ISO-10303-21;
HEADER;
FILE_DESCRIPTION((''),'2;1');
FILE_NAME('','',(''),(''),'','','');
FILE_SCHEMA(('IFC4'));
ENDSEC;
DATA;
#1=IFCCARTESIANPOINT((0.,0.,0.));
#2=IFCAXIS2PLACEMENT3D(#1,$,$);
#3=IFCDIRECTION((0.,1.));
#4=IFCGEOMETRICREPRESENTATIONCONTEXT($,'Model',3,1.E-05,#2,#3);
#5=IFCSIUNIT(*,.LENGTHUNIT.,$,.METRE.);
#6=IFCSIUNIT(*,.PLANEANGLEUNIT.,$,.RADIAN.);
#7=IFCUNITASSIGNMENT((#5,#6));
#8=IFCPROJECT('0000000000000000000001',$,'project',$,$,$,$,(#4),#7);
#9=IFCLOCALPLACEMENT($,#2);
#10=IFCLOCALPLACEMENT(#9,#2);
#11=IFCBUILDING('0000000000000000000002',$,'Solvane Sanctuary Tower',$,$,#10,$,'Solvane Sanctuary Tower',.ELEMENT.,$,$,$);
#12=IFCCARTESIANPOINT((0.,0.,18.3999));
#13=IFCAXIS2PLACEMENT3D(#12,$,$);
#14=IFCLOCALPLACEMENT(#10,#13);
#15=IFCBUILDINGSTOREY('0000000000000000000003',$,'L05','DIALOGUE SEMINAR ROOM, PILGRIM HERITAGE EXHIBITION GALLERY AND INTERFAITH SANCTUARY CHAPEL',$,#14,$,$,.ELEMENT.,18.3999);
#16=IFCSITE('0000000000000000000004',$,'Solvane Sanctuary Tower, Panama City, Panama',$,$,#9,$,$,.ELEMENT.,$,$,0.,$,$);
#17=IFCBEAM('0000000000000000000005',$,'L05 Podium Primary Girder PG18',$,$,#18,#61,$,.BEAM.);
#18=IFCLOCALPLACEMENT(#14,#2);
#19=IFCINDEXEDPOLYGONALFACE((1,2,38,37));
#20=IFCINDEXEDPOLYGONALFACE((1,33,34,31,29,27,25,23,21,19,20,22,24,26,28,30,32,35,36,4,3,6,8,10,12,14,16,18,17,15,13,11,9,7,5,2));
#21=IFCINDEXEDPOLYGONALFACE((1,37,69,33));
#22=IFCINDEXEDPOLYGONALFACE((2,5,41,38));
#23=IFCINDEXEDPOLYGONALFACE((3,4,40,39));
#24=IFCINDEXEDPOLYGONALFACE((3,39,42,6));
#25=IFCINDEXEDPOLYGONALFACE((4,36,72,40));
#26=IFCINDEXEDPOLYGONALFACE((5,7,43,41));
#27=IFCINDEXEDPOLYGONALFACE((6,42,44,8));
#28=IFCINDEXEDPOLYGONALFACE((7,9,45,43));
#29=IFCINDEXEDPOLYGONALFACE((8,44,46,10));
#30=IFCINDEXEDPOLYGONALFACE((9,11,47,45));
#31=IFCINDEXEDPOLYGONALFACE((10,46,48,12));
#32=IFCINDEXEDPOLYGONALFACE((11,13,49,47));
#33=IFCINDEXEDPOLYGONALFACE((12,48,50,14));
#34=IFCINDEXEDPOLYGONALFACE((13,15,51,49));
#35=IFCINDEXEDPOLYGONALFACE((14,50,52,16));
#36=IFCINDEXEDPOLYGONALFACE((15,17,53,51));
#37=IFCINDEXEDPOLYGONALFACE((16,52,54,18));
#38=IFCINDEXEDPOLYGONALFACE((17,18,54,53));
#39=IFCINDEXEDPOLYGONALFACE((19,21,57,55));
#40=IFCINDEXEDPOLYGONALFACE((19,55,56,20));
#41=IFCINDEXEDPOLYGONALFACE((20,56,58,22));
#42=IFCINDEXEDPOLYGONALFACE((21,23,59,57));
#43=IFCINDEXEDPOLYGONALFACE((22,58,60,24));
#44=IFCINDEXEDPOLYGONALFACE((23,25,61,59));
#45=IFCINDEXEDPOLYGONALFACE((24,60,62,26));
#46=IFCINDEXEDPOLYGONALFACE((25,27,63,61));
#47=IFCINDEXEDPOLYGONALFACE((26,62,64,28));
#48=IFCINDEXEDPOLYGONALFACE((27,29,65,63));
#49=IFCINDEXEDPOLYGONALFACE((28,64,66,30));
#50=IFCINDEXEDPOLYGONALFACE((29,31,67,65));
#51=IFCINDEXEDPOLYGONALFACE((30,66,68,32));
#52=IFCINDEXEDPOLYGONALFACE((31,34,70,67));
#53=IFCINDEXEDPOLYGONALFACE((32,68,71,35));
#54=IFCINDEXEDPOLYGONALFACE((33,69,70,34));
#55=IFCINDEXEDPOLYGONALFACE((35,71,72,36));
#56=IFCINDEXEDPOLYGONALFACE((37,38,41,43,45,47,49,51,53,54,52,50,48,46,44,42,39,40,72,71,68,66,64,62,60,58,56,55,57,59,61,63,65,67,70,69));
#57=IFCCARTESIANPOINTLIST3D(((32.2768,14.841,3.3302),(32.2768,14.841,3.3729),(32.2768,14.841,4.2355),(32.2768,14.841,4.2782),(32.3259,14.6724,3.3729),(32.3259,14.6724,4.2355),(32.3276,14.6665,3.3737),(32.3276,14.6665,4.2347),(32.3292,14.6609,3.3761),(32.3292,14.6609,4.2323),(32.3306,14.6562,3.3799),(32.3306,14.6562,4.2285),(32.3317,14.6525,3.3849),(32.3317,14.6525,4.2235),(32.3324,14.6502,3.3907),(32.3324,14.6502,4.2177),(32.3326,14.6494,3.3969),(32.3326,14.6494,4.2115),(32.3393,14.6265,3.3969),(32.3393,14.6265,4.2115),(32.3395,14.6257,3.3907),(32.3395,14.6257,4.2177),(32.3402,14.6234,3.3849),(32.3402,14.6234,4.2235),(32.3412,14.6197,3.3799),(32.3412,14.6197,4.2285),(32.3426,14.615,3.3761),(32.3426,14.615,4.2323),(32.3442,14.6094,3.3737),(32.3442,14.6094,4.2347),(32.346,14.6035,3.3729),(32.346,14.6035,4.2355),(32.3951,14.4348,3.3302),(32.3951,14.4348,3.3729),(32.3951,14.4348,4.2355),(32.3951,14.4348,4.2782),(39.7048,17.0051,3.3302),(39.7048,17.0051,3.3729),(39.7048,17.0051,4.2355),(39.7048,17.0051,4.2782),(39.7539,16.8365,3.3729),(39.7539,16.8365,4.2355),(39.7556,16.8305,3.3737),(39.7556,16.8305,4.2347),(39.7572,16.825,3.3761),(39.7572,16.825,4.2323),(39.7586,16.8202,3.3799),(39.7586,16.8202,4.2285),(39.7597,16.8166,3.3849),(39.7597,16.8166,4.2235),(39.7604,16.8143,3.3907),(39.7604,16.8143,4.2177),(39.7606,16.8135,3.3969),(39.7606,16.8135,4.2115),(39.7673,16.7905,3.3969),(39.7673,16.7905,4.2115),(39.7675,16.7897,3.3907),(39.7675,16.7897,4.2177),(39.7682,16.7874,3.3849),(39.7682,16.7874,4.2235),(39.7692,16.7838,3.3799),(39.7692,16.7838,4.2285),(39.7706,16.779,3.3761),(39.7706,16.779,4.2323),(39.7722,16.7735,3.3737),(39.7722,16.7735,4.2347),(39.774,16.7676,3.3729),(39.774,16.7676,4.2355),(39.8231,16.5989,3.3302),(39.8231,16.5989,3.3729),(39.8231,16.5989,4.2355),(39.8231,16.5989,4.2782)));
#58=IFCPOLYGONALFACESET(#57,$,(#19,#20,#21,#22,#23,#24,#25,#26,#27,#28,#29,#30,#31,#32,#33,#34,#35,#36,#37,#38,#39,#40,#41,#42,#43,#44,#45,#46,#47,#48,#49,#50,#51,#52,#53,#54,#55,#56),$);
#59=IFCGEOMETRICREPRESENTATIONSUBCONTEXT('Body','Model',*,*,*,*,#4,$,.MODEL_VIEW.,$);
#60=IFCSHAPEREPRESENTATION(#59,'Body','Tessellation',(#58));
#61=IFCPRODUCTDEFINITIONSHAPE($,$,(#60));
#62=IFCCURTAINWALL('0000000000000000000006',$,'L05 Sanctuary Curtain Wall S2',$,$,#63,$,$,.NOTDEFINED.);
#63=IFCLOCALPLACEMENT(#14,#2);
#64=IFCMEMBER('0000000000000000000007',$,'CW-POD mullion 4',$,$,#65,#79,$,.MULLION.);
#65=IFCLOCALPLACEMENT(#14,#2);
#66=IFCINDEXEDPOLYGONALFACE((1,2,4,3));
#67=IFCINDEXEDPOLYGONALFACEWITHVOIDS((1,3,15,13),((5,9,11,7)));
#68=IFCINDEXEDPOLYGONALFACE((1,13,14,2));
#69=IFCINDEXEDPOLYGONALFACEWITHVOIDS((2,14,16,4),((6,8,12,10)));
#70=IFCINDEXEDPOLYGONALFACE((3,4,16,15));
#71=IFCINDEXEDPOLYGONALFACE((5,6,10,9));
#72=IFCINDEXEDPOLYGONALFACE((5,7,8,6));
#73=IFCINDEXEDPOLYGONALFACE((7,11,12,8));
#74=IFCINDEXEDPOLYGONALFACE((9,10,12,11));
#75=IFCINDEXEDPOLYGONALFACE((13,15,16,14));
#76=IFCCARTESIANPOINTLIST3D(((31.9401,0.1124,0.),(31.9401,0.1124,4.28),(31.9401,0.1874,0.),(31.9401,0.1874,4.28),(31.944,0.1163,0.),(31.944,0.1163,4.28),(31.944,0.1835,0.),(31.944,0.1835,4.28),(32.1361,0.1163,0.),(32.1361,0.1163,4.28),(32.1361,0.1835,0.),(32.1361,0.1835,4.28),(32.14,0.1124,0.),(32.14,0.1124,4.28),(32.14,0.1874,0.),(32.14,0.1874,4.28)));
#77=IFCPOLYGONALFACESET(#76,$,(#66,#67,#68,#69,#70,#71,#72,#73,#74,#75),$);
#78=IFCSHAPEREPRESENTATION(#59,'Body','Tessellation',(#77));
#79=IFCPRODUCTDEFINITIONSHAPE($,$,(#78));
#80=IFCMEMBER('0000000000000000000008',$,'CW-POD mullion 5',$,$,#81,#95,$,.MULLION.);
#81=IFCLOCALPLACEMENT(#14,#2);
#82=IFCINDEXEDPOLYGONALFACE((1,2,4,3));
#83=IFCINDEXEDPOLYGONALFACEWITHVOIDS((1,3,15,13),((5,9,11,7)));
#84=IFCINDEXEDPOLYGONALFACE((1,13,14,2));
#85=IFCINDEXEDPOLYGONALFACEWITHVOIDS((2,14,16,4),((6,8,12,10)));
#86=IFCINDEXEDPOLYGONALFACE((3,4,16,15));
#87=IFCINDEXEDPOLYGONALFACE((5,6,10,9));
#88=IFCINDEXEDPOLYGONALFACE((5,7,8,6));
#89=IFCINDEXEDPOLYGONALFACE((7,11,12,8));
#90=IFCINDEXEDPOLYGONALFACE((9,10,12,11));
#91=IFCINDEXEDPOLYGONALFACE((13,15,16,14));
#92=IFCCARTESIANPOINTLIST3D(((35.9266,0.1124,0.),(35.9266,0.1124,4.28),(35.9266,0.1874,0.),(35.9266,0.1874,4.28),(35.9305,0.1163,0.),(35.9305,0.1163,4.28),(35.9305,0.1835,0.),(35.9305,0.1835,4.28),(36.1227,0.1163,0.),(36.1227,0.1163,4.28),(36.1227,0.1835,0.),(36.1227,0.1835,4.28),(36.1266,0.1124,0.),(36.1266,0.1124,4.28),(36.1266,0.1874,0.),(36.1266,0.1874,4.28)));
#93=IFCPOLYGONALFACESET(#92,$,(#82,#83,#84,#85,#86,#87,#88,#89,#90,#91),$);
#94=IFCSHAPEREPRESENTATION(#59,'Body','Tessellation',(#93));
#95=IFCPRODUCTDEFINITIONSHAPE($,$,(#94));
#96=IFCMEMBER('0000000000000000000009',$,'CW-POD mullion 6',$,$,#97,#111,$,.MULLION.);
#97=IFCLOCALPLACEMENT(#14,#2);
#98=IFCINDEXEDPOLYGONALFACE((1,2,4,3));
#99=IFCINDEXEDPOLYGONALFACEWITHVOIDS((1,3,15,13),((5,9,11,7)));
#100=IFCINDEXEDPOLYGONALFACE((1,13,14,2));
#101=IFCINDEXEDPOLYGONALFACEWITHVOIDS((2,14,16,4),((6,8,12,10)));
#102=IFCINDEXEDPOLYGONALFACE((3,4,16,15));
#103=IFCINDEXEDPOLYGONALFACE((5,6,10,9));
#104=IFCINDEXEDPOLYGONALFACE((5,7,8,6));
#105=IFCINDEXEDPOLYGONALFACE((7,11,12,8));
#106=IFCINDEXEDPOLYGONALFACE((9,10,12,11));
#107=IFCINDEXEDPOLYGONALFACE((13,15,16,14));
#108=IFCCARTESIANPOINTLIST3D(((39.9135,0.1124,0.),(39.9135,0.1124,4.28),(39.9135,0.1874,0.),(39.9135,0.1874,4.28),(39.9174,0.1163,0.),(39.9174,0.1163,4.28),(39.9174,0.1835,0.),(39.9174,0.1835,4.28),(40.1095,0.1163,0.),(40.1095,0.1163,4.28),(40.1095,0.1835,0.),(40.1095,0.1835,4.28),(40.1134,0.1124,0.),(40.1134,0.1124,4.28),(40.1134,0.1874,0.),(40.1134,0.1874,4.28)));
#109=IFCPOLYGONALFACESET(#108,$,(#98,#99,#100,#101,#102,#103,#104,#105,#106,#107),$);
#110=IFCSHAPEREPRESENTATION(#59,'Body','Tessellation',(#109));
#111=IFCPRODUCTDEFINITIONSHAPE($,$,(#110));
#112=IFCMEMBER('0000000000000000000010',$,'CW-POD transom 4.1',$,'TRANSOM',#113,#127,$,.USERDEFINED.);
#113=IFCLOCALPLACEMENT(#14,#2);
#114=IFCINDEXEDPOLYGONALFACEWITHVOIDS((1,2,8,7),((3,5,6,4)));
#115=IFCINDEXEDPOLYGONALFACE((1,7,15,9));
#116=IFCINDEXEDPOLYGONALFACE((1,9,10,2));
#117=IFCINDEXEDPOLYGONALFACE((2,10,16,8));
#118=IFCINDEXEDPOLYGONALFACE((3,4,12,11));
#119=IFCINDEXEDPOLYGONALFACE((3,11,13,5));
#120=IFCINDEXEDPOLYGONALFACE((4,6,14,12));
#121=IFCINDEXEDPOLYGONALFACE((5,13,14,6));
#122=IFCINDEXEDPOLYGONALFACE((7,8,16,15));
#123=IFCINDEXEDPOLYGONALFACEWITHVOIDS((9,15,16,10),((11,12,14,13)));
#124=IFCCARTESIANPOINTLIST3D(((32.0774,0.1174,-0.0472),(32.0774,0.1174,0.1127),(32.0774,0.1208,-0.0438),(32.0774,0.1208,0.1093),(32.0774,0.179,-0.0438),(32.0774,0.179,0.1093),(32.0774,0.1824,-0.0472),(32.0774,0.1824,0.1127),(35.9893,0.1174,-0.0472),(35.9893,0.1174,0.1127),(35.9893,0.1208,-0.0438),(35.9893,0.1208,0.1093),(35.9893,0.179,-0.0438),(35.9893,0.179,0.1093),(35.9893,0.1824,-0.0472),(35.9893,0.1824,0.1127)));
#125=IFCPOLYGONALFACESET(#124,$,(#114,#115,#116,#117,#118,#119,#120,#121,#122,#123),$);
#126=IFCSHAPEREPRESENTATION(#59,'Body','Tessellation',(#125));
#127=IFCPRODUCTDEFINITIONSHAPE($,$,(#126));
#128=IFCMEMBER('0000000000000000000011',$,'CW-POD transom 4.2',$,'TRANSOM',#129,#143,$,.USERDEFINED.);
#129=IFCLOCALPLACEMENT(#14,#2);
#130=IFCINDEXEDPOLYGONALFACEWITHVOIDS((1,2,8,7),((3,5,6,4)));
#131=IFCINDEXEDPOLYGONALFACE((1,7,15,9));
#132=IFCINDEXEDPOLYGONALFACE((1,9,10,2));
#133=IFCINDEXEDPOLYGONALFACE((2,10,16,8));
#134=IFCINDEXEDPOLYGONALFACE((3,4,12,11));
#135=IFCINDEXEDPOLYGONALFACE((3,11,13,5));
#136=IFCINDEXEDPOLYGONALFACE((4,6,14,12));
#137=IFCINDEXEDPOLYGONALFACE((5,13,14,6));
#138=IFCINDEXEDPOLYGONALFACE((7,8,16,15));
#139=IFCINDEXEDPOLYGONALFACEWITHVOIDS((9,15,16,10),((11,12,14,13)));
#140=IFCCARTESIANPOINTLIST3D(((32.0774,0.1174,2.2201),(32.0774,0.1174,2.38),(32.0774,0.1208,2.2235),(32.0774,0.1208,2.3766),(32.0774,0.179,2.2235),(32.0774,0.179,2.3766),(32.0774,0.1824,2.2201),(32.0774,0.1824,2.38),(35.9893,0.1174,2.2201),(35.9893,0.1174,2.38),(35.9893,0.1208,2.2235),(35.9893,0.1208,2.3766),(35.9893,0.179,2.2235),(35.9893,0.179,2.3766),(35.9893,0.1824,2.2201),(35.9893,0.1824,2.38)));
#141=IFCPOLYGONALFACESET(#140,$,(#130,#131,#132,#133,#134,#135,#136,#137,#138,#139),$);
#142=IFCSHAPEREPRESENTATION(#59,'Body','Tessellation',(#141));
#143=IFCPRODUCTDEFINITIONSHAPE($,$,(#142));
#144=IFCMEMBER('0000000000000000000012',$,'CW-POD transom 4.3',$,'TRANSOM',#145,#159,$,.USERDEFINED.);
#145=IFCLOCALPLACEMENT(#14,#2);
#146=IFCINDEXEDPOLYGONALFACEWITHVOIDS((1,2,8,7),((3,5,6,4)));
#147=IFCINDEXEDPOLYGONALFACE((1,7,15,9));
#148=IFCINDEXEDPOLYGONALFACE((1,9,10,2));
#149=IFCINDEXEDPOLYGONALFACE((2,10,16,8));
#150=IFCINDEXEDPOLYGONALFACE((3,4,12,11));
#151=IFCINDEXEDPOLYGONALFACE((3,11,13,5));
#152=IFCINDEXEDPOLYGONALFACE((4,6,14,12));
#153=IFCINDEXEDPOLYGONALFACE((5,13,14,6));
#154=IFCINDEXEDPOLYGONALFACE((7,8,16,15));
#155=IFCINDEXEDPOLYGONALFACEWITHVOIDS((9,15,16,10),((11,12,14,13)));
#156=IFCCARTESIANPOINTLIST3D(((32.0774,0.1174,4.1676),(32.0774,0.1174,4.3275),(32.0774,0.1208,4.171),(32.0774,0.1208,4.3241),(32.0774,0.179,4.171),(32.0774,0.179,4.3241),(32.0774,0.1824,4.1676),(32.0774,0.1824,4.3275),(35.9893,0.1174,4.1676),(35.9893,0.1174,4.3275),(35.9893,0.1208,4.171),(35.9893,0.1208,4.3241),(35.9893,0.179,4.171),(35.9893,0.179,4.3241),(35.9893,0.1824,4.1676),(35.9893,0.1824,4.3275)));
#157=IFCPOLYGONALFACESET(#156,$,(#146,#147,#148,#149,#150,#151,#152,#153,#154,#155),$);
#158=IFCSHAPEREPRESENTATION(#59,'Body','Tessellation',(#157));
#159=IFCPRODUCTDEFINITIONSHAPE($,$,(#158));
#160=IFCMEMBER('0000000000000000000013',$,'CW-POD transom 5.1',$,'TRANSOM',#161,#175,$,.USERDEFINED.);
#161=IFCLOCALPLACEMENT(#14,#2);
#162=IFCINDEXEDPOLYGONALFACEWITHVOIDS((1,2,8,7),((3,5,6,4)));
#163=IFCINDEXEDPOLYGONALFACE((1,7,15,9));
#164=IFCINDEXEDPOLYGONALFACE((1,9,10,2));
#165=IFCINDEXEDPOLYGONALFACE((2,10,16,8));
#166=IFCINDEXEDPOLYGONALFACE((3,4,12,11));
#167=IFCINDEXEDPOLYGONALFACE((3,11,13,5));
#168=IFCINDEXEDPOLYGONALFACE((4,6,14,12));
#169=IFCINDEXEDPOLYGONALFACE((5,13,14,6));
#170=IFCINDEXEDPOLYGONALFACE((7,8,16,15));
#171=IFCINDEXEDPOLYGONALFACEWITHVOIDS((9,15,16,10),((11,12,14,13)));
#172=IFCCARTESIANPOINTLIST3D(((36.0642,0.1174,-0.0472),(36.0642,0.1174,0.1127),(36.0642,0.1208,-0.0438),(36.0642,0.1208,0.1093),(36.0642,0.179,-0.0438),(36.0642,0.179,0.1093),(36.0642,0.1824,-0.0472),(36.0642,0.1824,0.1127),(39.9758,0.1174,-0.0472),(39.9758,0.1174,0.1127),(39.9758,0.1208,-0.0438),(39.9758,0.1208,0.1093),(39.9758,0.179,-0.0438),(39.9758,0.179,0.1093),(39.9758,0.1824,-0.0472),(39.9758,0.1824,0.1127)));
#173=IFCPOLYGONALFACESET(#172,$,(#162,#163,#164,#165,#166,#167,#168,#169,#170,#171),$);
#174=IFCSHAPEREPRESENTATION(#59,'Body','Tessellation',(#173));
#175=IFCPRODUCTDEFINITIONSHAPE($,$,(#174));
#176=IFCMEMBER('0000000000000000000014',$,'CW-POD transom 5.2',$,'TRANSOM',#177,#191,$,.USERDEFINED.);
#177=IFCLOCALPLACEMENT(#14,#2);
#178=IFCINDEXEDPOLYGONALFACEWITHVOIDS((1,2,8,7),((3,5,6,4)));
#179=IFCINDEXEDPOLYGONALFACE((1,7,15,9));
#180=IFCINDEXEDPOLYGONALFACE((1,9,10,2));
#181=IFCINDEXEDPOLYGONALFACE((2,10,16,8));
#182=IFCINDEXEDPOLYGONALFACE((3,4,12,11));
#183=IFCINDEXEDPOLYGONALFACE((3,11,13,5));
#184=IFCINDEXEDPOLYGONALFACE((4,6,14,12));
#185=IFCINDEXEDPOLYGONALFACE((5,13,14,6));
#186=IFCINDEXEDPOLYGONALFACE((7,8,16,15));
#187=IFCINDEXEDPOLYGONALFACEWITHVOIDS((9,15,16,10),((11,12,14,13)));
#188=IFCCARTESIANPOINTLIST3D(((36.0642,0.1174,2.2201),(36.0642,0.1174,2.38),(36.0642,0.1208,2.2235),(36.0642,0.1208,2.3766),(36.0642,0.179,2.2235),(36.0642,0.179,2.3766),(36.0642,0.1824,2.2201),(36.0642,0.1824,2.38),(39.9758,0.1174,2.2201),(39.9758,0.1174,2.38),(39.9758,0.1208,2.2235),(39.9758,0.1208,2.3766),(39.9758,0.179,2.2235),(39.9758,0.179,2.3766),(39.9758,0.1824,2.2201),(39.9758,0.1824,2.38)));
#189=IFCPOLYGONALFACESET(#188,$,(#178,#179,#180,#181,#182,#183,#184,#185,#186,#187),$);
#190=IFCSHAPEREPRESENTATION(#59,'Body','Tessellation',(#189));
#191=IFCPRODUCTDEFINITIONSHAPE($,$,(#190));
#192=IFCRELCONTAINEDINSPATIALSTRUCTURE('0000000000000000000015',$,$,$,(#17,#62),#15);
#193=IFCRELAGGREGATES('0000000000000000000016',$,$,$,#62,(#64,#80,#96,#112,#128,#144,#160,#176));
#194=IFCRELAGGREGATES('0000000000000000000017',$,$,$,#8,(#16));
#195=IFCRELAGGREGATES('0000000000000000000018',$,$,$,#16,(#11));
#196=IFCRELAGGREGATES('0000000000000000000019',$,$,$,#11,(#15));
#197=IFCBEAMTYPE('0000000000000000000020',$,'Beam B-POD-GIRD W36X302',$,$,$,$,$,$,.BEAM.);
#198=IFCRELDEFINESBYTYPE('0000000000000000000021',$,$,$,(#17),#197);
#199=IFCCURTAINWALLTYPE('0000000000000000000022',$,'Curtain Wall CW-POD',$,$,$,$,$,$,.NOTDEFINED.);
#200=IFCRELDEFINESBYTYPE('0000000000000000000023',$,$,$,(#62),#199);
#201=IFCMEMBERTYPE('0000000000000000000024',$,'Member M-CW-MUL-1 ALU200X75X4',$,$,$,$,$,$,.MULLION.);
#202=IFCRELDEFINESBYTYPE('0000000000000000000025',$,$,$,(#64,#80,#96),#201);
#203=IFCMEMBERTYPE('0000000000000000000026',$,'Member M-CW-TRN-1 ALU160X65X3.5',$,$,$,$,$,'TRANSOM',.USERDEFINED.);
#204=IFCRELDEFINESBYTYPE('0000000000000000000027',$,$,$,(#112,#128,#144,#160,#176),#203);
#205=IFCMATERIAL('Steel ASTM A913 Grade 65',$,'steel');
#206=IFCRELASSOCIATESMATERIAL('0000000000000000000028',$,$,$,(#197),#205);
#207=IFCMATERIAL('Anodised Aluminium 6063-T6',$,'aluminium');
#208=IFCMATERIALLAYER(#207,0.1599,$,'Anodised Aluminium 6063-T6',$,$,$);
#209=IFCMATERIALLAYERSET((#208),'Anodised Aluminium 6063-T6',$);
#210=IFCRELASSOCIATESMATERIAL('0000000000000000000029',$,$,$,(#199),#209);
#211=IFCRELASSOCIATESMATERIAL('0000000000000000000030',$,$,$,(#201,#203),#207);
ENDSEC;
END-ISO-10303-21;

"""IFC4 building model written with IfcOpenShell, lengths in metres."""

from ifc_helpers import new_model, si_unit, direction, frame, origin, origin_2d, place, context, subcontext, project, spatial, hollow_rectangle, i_section, extrude, material, layer, layer_set, material_profile, profile_set, type_object, element, aggregate, save


model = new_model("IFC4")

# Units and contexts
model_context = context("Model", 3, precision=1e-05, world=origin(), true_north=direction((0.0, 1.0)))
body_context = subcontext(model_context, "Body", "Model", "MODEL_VIEW")
ifc_project = project(units=[si_unit("LENGTHUNIT", "METRE"), si_unit("PLANEANGLEUNIT", "RADIAN")], contexts=[model_context])

# Site, building, storey
site_placement = place(None, origin())
site = spatial("IfcSite", under=ifc_project, at=site_placement, Name="Solvane Sanctuary Tower, Panama City, Panama", CompositionType="ELEMENT", RefElevation=0.0)
building_placement = place(site_placement, origin())
building = spatial("IfcBuilding", under=site, at=building_placement, Name="Solvane Sanctuary Tower", LongName="Solvane Sanctuary Tower", CompositionType="ELEMENT")
storey_placement = place(building_placement, frame((0.0, 0.0, 18.3999)))
storey = spatial("IfcBuildingStorey", under=building, at=storey_placement, Name="L05", Description="DIALOGUE SEMINAR ROOM, PILGRIM HERITAGE EXHIBITION GALLERY AND INTERFAITH SANCTUARY CHAPEL", CompositionType="ELEMENT", Elevation=18.3999)

# Beam
ifc_material_1 = material(Name="Steel ASTM A913 Grade 65", Category="steel")
ifc_material_profile_1 = material_profile(ifc_material_1, i_section(OverallWidth=0.4231, OverallDepth=0.948, WebThickness=0.0239, FlangeThickness=0.0427, FilletRadius=0.0239, at=origin_2d()), Name="W36X302")
ifc_profile_set_1 = profile_set([ifc_material_profile_1], Name="Steel ASTM A913 Grade 65")
beam_type_1 = type_object("IfcBeamType", Name="Beam B-POD-GIRD W36X302", PredefinedType="BEAM", material=ifc_profile_set_1)
beam_1_placement = place(storey_placement, frame((32.3359, 14.6379, 3.8042), z_axis=(0.960084, 0.27971, 0.0), x_axis=(-0.27971, 0.960084, 0.0)))
element("IfcBeam", 1, at=beam_1_placement, inside=storey, type_object=beam_type_1, Name="L05 Podium Primary Girder PG18", PredefinedType="BEAM", context=body_context, shape_type="SweptSolid", body=[
    extrude(i_section(OverallWidth=0.4231, OverallDepth=0.948, WebThickness=0.0239, FlangeThickness=0.0427, FilletRadius=0.0239, at=origin_2d()), origin(), (0.0, 0.0, 1.0), 7.7368),
])

# Curtain wall, members
ifc_material_2 = material(Name="Anodised Aluminium 6063-T6", Category="aluminium")
ifc_layer_1 = layer(ifc_material_2, 0.1599, Name="Anodised Aluminium 6063-T6")
ifc_layer_set_1 = layer_set([ifc_layer_1], Name="Anodised Aluminium 6063-T6")
curtain_wall_type = type_object("IfcCurtainWallType", Name="Curtain Wall CW-POD", PredefinedType="NOTDEFINED", material=ifc_layer_set_1)
curtain_wall_placement = place(storey_placement, origin())
curtain_wall = element("IfcCurtainWall", 2, at=curtain_wall_placement, inside=storey, type_object=curtain_wall_type, Name="L05 Sanctuary Curtain Wall S2", PredefinedType="NOTDEFINED")
ifc_material_profile_2 = material_profile(ifc_material_2, hollow_rectangle(XDim=0.075, YDim=0.2, WallThickness=0.0039, at=origin_2d()), Name="ALU200X75X4")
ifc_profile_set_2 = profile_set([ifc_material_profile_2], Name="Anodised Aluminium 6063-T6")
member_type_1 = type_object("IfcMemberType", Name="Member M-CW-MUL-1 ALU200X75X4", PredefinedType="MULLION", material=ifc_profile_set_2)
member_1_placement = place(storey_placement, frame((32.04, 0.1499, 0.0), z_axis=(0.0, 0.0, 1.0), x_axis=(0.0, 1.0, 0.0)))
member_1 = element("IfcMember", 3, at=member_1_placement, type_object=member_type_1, Name="CW-POD mullion 4", PredefinedType="MULLION", context=body_context, shape_type="SweptSolid", body=[
    extrude(hollow_rectangle(XDim=0.075, YDim=0.2, WallThickness=0.0039, at=origin_2d()), origin(), (0.0, 0.0, 1.0), 4.28),
])
member_2_placement = place(storey_placement, frame((36.0266, 0.1499, 0.0), z_axis=(0.0, 0.0, 1.0), x_axis=(0.0, 1.0, 0.0)))
member_2 = element("IfcMember", 4, at=member_2_placement, type_object=member_type_1, Name="CW-POD mullion 5", PredefinedType="MULLION", context=body_context, shape_type="SweptSolid", body=[
    extrude(hollow_rectangle(XDim=0.075, YDim=0.2, WallThickness=0.0039, at=origin_2d()), origin(), (0.0, 0.0, 1.0), 4.28),
])
member_3_placement = place(storey_placement, frame((40.0134, 0.1499, 0.0), z_axis=(0.0, 0.0, 1.0), x_axis=(0.0, 1.0, 0.0)))
member_3 = element("IfcMember", 5, at=member_3_placement, type_object=member_type_1, Name="CW-POD mullion 6", PredefinedType="MULLION", context=body_context, shape_type="SweptSolid", body=[
    extrude(hollow_rectangle(XDim=0.075, YDim=0.2, WallThickness=0.0039, at=origin_2d()), origin(), (0.0, 0.0, 1.0), 4.28),
])
ifc_material_profile_3 = material_profile(ifc_material_2, hollow_rectangle(XDim=0.0649, YDim=0.1599, WallThickness=0.0034, at=origin_2d()), Name="ALU160X65X3.5")
ifc_profile_set_3 = profile_set([ifc_material_profile_3], Name="Anodised Aluminium 6063-T6")
member_type_2 = type_object("IfcMemberType", Name="Member M-CW-TRN-1 ALU160X65X3.5", ElementType="TRANSOM", PredefinedType="USERDEFINED", material=ifc_profile_set_3)
member_4_placement = place(storey_placement, frame((32.0774, 0.1499, 0.0327), z_axis=(1.0, 0.0, 0.0), x_axis=(0.0, 1.0, 0.0)))
member_4 = element("IfcMember", 6, at=member_4_placement, type_object=member_type_2, Name="CW-POD transom 4.1", ObjectType="TRANSOM", PredefinedType="USERDEFINED", context=body_context, shape_type="SweptSolid", body=[
    extrude(hollow_rectangle(XDim=0.0649, YDim=0.1599, WallThickness=0.0034, at=origin_2d()), origin(), (0.0, 0.0, 1.0), 3.9119),
])
member_5_placement = place(storey_placement, frame((32.0774, 0.1499, 2.3), z_axis=(1.0, 0.0, 0.0), x_axis=(0.0, 1.0, 0.0)))
member_5 = element("IfcMember", 7, at=member_5_placement, type_object=member_type_2, Name="CW-POD transom 4.2", ObjectType="TRANSOM", PredefinedType="USERDEFINED", context=body_context, shape_type="SweptSolid", body=[
    extrude(hollow_rectangle(XDim=0.0649, YDim=0.1599, WallThickness=0.0034, at=origin_2d()), origin(), (0.0, 0.0, 1.0), 3.9119),
])
member_6_placement = place(storey_placement, frame((32.0774, 0.1499, 4.2476), z_axis=(1.0, 0.0, 0.0), x_axis=(0.0, 1.0, 0.0)))
member_6 = element("IfcMember", 8, at=member_6_placement, type_object=member_type_2, Name="CW-POD transom 4.3", ObjectType="TRANSOM", PredefinedType="USERDEFINED", context=body_context, shape_type="SweptSolid", body=[
    extrude(hollow_rectangle(XDim=0.0649, YDim=0.1599, WallThickness=0.0034, at=origin_2d()), origin(), (0.0, 0.0, 1.0), 3.9119),
])
member_7_placement = place(storey_placement, frame((36.0642, 0.1499, 0.0327), z_axis=(1.0, 0.0, 0.0), x_axis=(0.0, 1.0, 0.0)))
member_7 = element("IfcMember", 9, at=member_7_placement, type_object=member_type_2, Name="CW-POD transom 5.1", ObjectType="TRANSOM", PredefinedType="USERDEFINED", context=body_context, shape_type="SweptSolid", body=[
    extrude(hollow_rectangle(XDim=0.0649, YDim=0.1599, WallThickness=0.0034, at=origin_2d()), origin(), (0.0, 0.0, 1.0), 3.9116),
])
member_8_placement = place(storey_placement, frame((36.0642, 0.1499, 2.3), z_axis=(1.0, 0.0, 0.0), x_axis=(0.0, 1.0, 0.0)))
member_8 = element("IfcMember", 10, at=member_8_placement, type_object=member_type_2, Name="CW-POD transom 5.2", ObjectType="TRANSOM", PredefinedType="USERDEFINED", context=body_context, shape_type="SweptSolid", body=[
    extrude(hollow_rectangle(XDim=0.0649, YDim=0.1599, WallThickness=0.0034, at=origin_2d()), origin(), (0.0, 0.0, 1.0), 3.9116),
])
aggregate(curtain_wall, [member_1, member_2, member_3, member_4, member_5, member_6, member_7, member_8])

save(model, "model.ifc")
